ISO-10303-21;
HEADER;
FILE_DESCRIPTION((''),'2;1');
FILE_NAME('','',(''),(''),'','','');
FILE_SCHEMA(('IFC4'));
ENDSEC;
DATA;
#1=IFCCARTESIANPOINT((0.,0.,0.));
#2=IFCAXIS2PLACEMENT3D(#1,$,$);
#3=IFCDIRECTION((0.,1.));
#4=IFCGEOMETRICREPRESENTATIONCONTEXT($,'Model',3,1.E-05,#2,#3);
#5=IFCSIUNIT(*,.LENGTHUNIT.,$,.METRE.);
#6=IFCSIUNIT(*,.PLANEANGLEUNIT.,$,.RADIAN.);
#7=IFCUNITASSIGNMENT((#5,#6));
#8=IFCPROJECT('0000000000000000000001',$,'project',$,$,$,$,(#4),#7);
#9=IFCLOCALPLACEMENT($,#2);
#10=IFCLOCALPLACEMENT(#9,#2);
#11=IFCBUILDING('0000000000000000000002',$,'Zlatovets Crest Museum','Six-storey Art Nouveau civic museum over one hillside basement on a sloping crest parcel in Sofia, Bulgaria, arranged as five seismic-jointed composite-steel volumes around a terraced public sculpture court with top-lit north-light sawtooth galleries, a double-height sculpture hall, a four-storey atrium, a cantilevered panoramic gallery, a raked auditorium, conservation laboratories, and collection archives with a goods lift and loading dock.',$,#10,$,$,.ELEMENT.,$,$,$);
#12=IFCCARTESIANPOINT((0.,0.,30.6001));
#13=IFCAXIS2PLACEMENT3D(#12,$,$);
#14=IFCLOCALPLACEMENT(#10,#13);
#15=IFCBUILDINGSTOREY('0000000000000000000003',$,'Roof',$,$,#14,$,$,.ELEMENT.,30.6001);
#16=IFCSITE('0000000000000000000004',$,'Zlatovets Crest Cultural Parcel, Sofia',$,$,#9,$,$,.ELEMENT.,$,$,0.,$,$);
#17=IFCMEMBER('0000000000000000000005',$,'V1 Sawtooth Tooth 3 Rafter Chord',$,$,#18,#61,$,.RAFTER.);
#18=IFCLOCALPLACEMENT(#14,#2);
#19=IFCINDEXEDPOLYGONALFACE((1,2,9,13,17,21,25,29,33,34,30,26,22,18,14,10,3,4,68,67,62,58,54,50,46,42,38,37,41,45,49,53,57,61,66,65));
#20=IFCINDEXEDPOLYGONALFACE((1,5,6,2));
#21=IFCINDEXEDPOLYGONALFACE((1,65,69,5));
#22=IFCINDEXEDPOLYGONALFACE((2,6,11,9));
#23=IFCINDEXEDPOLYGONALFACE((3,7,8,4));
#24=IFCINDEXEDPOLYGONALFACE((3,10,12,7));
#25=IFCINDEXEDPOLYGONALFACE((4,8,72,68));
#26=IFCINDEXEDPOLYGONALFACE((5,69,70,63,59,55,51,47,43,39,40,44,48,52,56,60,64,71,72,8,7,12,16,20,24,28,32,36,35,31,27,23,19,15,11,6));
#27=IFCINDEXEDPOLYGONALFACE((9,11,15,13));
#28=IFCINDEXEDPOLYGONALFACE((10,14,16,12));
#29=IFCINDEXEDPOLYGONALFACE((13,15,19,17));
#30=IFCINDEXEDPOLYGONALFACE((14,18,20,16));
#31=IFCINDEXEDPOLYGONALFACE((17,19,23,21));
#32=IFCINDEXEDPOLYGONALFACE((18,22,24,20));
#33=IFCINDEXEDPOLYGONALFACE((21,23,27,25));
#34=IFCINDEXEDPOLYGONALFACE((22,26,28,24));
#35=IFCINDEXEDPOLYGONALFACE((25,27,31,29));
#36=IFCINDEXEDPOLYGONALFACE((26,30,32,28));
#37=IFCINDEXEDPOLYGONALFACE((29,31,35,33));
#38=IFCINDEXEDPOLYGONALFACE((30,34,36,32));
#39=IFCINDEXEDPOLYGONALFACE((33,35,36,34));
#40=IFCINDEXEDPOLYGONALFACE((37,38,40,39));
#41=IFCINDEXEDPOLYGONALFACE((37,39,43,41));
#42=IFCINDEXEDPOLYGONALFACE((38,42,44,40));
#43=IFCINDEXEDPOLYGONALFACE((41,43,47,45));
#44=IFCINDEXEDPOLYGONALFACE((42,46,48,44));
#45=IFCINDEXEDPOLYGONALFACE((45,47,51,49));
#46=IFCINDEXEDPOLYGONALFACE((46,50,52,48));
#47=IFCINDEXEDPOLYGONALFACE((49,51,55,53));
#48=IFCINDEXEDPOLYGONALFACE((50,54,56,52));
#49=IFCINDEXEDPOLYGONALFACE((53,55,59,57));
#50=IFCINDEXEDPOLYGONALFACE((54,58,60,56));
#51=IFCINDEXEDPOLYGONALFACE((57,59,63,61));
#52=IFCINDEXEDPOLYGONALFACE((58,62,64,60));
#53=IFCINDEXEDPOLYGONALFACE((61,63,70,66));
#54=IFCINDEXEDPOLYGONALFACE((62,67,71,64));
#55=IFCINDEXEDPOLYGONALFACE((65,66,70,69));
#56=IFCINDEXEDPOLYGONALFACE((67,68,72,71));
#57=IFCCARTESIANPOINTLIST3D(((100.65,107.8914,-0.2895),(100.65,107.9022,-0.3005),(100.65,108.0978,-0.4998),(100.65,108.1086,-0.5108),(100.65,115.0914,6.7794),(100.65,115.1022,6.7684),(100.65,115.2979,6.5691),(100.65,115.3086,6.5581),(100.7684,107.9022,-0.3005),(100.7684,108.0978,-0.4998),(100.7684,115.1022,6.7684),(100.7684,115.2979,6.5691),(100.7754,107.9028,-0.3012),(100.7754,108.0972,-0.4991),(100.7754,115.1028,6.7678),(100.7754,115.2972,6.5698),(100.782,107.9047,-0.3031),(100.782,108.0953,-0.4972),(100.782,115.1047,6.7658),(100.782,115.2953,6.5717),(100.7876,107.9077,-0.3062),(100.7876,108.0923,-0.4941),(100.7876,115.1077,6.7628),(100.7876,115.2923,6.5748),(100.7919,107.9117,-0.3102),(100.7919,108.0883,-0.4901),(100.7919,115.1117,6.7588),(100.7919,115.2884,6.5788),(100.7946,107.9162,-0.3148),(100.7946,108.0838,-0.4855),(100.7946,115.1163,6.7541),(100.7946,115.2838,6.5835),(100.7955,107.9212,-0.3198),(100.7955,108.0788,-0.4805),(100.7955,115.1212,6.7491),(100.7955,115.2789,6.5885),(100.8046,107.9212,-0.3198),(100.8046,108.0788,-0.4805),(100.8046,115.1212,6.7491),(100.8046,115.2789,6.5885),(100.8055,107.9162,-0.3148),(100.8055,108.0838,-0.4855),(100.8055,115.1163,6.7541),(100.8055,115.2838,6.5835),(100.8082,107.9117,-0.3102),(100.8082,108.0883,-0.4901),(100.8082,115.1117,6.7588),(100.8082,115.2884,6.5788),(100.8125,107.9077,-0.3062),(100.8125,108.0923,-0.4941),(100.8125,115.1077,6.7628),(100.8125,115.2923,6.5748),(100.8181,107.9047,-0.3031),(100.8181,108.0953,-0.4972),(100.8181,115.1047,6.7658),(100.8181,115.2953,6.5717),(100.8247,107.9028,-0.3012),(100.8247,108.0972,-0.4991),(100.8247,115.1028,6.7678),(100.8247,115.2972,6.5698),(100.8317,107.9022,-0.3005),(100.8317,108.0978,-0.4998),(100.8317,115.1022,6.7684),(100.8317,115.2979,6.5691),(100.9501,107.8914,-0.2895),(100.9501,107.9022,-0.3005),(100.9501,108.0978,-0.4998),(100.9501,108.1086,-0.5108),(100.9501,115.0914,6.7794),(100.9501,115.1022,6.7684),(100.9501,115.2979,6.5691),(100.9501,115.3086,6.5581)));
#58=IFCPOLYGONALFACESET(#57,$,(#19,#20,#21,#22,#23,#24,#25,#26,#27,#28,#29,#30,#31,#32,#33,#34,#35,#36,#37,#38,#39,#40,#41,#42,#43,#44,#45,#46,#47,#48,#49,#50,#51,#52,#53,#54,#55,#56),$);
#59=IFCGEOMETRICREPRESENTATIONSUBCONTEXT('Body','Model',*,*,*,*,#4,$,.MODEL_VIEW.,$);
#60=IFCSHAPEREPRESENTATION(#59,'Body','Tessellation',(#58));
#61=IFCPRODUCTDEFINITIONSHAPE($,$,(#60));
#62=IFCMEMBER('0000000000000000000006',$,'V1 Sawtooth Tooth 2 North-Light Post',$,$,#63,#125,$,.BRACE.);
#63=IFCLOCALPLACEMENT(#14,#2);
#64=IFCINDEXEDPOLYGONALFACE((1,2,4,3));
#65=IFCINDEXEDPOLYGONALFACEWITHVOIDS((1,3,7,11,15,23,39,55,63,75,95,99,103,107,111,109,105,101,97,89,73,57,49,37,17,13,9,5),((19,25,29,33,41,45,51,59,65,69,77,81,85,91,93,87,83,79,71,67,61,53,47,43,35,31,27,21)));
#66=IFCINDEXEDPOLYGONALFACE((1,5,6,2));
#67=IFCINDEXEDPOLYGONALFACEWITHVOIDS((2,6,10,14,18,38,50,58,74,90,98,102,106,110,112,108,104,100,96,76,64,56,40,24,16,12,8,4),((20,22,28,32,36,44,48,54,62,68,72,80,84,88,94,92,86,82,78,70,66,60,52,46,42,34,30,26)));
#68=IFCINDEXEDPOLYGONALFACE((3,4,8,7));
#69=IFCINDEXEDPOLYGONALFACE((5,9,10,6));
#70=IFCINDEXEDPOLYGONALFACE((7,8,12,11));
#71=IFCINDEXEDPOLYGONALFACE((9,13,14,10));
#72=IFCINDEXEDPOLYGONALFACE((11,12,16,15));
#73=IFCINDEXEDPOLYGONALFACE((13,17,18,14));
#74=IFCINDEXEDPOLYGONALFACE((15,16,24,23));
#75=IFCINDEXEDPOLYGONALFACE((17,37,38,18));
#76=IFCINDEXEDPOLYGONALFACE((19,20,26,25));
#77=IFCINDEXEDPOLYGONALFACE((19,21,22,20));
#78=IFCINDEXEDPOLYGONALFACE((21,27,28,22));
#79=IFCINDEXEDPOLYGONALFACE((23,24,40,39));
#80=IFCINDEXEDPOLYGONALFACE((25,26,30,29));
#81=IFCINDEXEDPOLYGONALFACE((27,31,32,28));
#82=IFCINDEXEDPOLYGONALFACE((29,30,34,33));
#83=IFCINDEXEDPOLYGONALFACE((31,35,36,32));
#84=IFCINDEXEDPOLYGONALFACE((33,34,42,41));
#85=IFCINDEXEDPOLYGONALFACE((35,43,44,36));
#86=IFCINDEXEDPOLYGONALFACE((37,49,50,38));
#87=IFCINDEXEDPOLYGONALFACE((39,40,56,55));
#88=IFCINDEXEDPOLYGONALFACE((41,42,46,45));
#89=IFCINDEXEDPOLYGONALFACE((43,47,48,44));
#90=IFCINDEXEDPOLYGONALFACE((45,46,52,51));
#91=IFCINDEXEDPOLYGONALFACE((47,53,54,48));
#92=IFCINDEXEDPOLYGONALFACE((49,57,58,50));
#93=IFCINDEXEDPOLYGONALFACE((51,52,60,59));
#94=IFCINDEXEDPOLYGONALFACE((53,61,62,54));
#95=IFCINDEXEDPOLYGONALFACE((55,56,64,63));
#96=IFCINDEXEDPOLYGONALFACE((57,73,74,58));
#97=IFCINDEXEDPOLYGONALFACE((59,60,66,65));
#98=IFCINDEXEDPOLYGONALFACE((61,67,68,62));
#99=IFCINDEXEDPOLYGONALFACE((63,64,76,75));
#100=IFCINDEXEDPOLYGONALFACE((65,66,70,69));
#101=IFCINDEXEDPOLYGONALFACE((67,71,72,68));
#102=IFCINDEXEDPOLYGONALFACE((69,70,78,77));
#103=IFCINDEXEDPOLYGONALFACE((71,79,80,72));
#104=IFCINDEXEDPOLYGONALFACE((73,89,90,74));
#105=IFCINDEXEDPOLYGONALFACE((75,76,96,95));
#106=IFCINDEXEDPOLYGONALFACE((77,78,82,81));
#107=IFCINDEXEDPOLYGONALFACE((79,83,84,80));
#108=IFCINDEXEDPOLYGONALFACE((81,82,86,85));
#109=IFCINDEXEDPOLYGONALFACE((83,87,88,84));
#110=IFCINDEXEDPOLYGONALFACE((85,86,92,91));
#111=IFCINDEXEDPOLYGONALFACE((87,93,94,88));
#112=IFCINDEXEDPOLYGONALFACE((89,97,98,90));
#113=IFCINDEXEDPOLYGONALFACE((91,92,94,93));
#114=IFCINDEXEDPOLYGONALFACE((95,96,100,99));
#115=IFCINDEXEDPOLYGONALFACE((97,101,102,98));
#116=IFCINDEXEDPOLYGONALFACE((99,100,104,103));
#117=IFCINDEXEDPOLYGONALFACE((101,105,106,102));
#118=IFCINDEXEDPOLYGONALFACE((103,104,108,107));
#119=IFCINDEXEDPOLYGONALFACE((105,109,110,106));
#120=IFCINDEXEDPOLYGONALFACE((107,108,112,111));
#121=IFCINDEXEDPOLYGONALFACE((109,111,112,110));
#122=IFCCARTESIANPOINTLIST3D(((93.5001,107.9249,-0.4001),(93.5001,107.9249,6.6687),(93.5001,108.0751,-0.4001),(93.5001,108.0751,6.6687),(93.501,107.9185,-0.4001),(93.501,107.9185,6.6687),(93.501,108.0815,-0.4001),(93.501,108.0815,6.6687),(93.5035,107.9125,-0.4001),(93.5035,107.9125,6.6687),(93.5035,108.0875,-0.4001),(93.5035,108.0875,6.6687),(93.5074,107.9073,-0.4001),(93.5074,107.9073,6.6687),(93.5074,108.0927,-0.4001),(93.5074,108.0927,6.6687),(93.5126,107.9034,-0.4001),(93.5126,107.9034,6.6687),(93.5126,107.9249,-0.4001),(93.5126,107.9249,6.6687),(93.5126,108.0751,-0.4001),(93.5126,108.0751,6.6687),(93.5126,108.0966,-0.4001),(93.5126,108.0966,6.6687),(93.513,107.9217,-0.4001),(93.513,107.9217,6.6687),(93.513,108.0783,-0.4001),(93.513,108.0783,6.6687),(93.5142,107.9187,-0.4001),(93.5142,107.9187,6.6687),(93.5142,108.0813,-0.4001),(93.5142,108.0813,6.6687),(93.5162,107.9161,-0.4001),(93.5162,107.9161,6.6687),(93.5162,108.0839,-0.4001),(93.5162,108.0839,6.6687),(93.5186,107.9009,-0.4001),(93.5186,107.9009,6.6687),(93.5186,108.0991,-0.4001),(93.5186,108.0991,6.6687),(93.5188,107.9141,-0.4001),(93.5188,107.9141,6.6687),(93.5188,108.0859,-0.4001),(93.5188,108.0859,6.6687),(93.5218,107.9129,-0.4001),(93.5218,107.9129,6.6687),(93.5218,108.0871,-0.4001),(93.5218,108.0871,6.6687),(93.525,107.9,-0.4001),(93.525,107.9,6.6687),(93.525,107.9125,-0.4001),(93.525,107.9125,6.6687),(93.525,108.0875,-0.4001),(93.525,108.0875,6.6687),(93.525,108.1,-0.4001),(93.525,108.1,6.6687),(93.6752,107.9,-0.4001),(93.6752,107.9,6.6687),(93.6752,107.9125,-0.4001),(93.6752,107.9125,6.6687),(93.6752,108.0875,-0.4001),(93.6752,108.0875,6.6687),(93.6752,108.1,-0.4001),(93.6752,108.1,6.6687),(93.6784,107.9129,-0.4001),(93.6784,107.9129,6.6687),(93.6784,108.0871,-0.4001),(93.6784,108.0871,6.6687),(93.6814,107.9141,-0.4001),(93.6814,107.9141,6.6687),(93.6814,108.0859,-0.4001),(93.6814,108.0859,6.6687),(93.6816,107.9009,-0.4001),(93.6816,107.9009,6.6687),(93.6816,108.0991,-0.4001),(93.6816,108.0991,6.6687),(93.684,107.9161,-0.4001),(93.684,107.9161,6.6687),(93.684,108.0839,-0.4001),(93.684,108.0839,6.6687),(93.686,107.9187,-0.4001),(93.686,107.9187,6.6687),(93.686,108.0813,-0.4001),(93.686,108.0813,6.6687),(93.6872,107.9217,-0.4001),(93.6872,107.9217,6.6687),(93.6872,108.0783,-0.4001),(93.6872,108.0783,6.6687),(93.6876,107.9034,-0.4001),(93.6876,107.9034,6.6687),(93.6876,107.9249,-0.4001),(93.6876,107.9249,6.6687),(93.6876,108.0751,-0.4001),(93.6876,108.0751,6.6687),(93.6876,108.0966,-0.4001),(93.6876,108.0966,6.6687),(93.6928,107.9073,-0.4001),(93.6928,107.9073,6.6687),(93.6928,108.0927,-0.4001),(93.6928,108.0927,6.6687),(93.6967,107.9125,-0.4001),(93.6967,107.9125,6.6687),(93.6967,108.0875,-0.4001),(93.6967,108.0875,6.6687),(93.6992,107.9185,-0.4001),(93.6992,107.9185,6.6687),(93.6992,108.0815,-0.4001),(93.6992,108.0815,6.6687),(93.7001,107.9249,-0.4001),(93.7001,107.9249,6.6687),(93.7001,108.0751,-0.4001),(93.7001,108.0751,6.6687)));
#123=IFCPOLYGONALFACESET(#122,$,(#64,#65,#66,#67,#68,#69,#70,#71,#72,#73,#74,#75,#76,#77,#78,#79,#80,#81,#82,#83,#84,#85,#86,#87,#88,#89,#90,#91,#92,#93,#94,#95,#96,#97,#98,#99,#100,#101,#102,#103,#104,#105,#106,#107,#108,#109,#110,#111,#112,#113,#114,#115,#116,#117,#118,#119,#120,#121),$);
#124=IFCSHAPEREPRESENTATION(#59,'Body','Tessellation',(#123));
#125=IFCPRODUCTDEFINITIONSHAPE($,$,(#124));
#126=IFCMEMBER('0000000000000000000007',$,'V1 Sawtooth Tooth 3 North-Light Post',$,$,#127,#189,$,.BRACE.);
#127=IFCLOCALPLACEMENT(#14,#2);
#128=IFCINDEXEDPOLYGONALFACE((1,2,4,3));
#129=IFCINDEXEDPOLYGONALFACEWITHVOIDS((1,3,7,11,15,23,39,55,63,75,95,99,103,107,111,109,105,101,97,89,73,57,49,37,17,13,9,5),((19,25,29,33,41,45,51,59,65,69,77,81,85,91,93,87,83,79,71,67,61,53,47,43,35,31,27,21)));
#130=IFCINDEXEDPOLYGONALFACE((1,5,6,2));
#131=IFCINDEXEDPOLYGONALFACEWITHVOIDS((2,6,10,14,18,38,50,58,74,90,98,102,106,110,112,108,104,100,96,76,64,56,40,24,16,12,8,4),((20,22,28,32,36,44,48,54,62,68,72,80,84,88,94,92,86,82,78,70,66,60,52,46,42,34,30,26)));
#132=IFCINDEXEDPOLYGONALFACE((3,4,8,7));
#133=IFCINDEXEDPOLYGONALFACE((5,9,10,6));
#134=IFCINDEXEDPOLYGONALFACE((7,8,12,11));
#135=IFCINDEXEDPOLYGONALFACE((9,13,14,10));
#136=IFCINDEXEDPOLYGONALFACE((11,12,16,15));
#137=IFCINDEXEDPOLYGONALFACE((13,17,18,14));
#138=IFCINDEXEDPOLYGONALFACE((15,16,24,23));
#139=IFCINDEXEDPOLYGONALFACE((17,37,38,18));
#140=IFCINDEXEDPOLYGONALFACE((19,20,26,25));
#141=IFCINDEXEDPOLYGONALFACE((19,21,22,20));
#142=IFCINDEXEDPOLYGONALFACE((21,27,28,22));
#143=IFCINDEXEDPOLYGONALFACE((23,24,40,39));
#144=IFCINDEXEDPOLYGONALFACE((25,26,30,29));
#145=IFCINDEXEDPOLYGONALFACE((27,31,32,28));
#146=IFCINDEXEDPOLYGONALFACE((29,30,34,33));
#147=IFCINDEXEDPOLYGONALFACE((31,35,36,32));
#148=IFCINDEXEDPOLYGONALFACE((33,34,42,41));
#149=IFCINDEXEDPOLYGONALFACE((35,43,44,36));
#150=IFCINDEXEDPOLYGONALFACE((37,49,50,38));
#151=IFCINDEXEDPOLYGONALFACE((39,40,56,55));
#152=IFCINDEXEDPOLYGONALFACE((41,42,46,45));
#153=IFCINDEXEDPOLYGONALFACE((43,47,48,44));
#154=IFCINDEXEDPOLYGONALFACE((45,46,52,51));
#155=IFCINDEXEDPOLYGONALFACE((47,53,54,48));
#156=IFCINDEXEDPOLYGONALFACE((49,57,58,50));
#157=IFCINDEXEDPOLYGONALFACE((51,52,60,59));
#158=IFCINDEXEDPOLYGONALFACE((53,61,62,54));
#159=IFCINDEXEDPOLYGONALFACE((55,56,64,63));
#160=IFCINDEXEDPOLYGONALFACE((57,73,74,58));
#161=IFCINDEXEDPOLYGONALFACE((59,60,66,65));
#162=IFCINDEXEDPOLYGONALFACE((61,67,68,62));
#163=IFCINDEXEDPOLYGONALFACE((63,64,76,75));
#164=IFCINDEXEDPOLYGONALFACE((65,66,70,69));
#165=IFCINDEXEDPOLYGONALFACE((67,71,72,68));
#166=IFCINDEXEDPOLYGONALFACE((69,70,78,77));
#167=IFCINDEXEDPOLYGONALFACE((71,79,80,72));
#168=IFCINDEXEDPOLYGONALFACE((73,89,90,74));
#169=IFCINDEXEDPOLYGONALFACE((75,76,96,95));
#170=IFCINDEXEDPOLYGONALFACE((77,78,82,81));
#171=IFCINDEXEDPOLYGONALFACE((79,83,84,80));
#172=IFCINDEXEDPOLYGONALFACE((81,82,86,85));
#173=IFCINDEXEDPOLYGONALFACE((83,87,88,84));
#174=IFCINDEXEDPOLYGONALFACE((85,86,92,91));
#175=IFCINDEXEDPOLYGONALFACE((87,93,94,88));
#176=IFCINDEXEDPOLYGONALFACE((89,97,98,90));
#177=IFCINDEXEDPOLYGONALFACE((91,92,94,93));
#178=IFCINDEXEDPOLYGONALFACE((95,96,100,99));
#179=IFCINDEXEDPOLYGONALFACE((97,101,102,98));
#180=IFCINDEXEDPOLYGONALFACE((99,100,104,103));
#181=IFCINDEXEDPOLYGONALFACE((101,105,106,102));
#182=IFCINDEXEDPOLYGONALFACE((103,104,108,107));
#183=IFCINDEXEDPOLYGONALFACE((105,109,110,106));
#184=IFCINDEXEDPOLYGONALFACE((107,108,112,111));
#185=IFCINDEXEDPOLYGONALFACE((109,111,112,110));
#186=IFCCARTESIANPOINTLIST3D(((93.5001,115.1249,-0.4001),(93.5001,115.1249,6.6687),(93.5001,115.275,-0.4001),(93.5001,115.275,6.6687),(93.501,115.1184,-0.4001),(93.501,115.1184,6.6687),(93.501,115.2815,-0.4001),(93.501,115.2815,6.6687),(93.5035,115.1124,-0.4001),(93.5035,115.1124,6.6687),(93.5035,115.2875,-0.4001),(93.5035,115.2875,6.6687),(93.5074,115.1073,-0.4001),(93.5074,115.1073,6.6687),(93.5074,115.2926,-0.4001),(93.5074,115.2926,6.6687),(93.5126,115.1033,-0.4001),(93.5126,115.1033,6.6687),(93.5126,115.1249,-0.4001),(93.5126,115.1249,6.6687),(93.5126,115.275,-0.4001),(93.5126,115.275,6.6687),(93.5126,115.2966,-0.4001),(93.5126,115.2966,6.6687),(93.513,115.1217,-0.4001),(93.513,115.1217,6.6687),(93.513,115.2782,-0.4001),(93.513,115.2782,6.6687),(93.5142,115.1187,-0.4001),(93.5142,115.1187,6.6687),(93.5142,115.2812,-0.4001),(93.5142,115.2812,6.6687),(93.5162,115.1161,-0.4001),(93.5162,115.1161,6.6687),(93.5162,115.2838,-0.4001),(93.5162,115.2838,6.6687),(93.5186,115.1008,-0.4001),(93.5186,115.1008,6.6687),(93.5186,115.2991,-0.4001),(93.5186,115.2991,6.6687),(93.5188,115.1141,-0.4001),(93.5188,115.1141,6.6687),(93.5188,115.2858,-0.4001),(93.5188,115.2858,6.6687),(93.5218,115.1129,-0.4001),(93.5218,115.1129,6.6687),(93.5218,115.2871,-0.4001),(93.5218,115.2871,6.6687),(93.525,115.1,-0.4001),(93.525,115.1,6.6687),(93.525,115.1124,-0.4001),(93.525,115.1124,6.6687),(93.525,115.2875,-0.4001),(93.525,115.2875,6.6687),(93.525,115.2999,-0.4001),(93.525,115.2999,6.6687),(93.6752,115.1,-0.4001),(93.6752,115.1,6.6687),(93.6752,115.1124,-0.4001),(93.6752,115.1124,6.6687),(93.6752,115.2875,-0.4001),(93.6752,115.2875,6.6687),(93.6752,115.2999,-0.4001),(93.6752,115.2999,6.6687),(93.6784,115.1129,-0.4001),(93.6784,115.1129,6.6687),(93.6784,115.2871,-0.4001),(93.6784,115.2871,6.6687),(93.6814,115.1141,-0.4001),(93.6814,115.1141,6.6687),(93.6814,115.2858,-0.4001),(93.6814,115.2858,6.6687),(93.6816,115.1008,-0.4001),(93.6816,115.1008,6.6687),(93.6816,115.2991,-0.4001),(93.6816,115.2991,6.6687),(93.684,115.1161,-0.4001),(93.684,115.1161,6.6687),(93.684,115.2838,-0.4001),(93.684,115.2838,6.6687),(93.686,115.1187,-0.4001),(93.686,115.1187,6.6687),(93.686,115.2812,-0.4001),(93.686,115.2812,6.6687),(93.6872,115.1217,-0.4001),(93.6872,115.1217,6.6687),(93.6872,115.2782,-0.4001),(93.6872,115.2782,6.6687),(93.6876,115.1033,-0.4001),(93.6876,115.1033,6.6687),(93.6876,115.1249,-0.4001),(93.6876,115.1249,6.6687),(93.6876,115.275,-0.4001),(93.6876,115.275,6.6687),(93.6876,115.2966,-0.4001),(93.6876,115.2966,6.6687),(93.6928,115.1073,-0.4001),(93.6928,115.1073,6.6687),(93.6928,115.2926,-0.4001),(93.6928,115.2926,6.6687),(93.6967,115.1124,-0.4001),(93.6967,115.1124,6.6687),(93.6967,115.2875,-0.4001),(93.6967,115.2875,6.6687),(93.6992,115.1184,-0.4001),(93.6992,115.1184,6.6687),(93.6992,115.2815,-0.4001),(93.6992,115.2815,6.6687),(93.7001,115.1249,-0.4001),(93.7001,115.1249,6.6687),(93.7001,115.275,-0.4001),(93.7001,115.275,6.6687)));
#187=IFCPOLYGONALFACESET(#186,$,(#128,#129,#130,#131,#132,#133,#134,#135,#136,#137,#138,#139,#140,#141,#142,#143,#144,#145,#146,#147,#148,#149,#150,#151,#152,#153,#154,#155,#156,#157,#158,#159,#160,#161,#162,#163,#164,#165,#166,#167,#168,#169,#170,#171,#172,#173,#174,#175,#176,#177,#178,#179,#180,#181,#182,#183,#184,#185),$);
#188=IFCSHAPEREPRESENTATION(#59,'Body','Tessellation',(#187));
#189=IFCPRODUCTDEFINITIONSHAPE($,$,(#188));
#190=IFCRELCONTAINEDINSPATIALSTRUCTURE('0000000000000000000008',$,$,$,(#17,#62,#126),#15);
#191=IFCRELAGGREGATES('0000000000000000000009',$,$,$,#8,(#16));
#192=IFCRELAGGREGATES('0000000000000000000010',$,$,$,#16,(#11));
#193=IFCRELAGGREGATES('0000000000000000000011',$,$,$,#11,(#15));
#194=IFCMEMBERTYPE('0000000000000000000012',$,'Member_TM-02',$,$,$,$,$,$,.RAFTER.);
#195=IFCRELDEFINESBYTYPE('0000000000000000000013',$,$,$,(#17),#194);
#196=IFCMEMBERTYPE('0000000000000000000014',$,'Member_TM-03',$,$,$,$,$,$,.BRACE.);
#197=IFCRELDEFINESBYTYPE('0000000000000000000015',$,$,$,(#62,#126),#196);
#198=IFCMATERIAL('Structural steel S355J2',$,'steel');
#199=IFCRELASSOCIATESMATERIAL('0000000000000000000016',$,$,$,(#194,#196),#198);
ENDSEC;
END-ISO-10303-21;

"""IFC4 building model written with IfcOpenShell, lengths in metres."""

from ifc_helpers import new_model, si_unit, direction, frame, origin, origin_2d, place, context, subcontext, project, spatial, hollow_rectangle, i_section, extrude, material, material_profile, profile_set, type_object, element, save


model = new_model("IFC4")

# Units and contexts
model_context = context("Model", 3, precision=1e-05, world=origin(), true_north=direction((0.0, 1.0)))
body_context = subcontext(model_context, "Body", "Model", "MODEL_VIEW")
ifc_project = project(units=[si_unit("LENGTHUNIT", "METRE"), si_unit("PLANEANGLEUNIT", "RADIAN")], contexts=[model_context])

# Site, building, storey
site_placement = place(None, origin())
site = spatial("IfcSite", under=ifc_project, at=site_placement, Name="Zlatovets Crest Cultural Parcel, Sofia", CompositionType="ELEMENT", RefElevation=0.0)
building_placement = place(site_placement, origin())
building = spatial("IfcBuilding", under=site, at=building_placement, Name="Zlatovets Crest Museum", Description="Six-storey Art Nouveau civic museum over one hillside basement on a sloping crest parcel in Sofia, Bulgaria, arranged as five seismic-jointed composite-steel volumes around a terraced public sculpture court with top-lit north-light sawtooth galleries, a double-height sculpture hall, a four-storey atrium, a cantilevered panoramic gallery, a raked auditorium, conservation laboratories, and collection archives with a goods lift and loading dock.", CompositionType="ELEMENT")
storey_placement = place(building_placement, frame((0.0, 0.0, 30.6001)))
storey = spatial("IfcBuildingStorey", under=building, at=storey_placement, Name="Roof", CompositionType="ELEMENT", Elevation=30.6001)

# Shared definitions
ifc_material_1 = material(Name="Structural steel S355J2", Category="steel")

# Members
ifc_material_profile_1 = material_profile(ifc_material_1, i_section(OverallWidth=0.3, OverallDepth=0.3101, WebThickness=0.009, FlangeThickness=0.0154, FilletRadius=0.0271, at=origin_2d()), Name="HEA 320")
ifc_profile_set_1 = profile_set([ifc_material_profile_1], Name="Structural steel S355J2")
member_type_1 = type_object("IfcMemberType", Name="Member_TM-02", PredefinedType="RAFTER", material=ifc_profile_set_1)
for number, where, z_axis, x_axis, name in (
    (1, (100.8, 108.0, -0.4001), (0.0, 0.713574, 0.70058), (-1.0, 0.0, 0.0), "V1 Sawtooth Tooth 3 Rafter Chord"),
):
    element("IfcMember", number, at=place(storey_placement, frame(where, z_axis=z_axis, x_axis=x_axis)), inside=storey, type_object=member_type_1, Name=name, PredefinedType="RAFTER", context=body_context, shape_type="SweptSolid", body=[
        extrude(i_section(OverallWidth=0.3, OverallDepth=0.3101, WebThickness=0.009, FlangeThickness=0.0154, FilletRadius=0.0271, at=origin_2d()), origin(), (0.0, 0.0, 1.0), 10.0901),
    ])
ifc_material_profile_2 = material_profile(ifc_material_1, hollow_rectangle(XDim=0.2, YDim=0.2, WallThickness=0.0125, InnerFilletRadius=0.0125, OuterFilletRadius=0.0249, at=origin_2d()), Name="SHS 200x200x12.5")
ifc_profile_set_2 = profile_set([ifc_material_profile_2], Name="Structural steel S355J2")
member_type_2 = type_object("IfcMemberType", Name="Member_TM-03", PredefinedType="BRACE", material=ifc_profile_set_2)
for number, where, z_axis, x_axis, name in (
    (2, (93.6001, 108.0, -0.4001), (0.0, 0.0, 1.0), (1.0, 0.0, 0.0), "V1 Sawtooth Tooth 2 North-Light Post"),
    (3, (93.6001, 115.2, -0.4001), (0.0, 0.0, 1.0), (1.0, 0.0, 0.0), "V1 Sawtooth Tooth 3 North-Light Post"),
):
    element("IfcMember", number, at=place(storey_placement, frame(where, z_axis=z_axis, x_axis=x_axis)), inside=storey, type_object=member_type_2, Name=name, PredefinedType="BRACE", context=body_context, shape_type="SweptSolid", body=[
        extrude(hollow_rectangle(XDim=0.2, YDim=0.2, WallThickness=0.0125, InnerFilletRadius=0.0125, OuterFilletRadius=0.0249, at=origin_2d()), origin(), (0.0, 0.0, 1.0), 7.0688),
    ])

save(model, "model.ifc")
